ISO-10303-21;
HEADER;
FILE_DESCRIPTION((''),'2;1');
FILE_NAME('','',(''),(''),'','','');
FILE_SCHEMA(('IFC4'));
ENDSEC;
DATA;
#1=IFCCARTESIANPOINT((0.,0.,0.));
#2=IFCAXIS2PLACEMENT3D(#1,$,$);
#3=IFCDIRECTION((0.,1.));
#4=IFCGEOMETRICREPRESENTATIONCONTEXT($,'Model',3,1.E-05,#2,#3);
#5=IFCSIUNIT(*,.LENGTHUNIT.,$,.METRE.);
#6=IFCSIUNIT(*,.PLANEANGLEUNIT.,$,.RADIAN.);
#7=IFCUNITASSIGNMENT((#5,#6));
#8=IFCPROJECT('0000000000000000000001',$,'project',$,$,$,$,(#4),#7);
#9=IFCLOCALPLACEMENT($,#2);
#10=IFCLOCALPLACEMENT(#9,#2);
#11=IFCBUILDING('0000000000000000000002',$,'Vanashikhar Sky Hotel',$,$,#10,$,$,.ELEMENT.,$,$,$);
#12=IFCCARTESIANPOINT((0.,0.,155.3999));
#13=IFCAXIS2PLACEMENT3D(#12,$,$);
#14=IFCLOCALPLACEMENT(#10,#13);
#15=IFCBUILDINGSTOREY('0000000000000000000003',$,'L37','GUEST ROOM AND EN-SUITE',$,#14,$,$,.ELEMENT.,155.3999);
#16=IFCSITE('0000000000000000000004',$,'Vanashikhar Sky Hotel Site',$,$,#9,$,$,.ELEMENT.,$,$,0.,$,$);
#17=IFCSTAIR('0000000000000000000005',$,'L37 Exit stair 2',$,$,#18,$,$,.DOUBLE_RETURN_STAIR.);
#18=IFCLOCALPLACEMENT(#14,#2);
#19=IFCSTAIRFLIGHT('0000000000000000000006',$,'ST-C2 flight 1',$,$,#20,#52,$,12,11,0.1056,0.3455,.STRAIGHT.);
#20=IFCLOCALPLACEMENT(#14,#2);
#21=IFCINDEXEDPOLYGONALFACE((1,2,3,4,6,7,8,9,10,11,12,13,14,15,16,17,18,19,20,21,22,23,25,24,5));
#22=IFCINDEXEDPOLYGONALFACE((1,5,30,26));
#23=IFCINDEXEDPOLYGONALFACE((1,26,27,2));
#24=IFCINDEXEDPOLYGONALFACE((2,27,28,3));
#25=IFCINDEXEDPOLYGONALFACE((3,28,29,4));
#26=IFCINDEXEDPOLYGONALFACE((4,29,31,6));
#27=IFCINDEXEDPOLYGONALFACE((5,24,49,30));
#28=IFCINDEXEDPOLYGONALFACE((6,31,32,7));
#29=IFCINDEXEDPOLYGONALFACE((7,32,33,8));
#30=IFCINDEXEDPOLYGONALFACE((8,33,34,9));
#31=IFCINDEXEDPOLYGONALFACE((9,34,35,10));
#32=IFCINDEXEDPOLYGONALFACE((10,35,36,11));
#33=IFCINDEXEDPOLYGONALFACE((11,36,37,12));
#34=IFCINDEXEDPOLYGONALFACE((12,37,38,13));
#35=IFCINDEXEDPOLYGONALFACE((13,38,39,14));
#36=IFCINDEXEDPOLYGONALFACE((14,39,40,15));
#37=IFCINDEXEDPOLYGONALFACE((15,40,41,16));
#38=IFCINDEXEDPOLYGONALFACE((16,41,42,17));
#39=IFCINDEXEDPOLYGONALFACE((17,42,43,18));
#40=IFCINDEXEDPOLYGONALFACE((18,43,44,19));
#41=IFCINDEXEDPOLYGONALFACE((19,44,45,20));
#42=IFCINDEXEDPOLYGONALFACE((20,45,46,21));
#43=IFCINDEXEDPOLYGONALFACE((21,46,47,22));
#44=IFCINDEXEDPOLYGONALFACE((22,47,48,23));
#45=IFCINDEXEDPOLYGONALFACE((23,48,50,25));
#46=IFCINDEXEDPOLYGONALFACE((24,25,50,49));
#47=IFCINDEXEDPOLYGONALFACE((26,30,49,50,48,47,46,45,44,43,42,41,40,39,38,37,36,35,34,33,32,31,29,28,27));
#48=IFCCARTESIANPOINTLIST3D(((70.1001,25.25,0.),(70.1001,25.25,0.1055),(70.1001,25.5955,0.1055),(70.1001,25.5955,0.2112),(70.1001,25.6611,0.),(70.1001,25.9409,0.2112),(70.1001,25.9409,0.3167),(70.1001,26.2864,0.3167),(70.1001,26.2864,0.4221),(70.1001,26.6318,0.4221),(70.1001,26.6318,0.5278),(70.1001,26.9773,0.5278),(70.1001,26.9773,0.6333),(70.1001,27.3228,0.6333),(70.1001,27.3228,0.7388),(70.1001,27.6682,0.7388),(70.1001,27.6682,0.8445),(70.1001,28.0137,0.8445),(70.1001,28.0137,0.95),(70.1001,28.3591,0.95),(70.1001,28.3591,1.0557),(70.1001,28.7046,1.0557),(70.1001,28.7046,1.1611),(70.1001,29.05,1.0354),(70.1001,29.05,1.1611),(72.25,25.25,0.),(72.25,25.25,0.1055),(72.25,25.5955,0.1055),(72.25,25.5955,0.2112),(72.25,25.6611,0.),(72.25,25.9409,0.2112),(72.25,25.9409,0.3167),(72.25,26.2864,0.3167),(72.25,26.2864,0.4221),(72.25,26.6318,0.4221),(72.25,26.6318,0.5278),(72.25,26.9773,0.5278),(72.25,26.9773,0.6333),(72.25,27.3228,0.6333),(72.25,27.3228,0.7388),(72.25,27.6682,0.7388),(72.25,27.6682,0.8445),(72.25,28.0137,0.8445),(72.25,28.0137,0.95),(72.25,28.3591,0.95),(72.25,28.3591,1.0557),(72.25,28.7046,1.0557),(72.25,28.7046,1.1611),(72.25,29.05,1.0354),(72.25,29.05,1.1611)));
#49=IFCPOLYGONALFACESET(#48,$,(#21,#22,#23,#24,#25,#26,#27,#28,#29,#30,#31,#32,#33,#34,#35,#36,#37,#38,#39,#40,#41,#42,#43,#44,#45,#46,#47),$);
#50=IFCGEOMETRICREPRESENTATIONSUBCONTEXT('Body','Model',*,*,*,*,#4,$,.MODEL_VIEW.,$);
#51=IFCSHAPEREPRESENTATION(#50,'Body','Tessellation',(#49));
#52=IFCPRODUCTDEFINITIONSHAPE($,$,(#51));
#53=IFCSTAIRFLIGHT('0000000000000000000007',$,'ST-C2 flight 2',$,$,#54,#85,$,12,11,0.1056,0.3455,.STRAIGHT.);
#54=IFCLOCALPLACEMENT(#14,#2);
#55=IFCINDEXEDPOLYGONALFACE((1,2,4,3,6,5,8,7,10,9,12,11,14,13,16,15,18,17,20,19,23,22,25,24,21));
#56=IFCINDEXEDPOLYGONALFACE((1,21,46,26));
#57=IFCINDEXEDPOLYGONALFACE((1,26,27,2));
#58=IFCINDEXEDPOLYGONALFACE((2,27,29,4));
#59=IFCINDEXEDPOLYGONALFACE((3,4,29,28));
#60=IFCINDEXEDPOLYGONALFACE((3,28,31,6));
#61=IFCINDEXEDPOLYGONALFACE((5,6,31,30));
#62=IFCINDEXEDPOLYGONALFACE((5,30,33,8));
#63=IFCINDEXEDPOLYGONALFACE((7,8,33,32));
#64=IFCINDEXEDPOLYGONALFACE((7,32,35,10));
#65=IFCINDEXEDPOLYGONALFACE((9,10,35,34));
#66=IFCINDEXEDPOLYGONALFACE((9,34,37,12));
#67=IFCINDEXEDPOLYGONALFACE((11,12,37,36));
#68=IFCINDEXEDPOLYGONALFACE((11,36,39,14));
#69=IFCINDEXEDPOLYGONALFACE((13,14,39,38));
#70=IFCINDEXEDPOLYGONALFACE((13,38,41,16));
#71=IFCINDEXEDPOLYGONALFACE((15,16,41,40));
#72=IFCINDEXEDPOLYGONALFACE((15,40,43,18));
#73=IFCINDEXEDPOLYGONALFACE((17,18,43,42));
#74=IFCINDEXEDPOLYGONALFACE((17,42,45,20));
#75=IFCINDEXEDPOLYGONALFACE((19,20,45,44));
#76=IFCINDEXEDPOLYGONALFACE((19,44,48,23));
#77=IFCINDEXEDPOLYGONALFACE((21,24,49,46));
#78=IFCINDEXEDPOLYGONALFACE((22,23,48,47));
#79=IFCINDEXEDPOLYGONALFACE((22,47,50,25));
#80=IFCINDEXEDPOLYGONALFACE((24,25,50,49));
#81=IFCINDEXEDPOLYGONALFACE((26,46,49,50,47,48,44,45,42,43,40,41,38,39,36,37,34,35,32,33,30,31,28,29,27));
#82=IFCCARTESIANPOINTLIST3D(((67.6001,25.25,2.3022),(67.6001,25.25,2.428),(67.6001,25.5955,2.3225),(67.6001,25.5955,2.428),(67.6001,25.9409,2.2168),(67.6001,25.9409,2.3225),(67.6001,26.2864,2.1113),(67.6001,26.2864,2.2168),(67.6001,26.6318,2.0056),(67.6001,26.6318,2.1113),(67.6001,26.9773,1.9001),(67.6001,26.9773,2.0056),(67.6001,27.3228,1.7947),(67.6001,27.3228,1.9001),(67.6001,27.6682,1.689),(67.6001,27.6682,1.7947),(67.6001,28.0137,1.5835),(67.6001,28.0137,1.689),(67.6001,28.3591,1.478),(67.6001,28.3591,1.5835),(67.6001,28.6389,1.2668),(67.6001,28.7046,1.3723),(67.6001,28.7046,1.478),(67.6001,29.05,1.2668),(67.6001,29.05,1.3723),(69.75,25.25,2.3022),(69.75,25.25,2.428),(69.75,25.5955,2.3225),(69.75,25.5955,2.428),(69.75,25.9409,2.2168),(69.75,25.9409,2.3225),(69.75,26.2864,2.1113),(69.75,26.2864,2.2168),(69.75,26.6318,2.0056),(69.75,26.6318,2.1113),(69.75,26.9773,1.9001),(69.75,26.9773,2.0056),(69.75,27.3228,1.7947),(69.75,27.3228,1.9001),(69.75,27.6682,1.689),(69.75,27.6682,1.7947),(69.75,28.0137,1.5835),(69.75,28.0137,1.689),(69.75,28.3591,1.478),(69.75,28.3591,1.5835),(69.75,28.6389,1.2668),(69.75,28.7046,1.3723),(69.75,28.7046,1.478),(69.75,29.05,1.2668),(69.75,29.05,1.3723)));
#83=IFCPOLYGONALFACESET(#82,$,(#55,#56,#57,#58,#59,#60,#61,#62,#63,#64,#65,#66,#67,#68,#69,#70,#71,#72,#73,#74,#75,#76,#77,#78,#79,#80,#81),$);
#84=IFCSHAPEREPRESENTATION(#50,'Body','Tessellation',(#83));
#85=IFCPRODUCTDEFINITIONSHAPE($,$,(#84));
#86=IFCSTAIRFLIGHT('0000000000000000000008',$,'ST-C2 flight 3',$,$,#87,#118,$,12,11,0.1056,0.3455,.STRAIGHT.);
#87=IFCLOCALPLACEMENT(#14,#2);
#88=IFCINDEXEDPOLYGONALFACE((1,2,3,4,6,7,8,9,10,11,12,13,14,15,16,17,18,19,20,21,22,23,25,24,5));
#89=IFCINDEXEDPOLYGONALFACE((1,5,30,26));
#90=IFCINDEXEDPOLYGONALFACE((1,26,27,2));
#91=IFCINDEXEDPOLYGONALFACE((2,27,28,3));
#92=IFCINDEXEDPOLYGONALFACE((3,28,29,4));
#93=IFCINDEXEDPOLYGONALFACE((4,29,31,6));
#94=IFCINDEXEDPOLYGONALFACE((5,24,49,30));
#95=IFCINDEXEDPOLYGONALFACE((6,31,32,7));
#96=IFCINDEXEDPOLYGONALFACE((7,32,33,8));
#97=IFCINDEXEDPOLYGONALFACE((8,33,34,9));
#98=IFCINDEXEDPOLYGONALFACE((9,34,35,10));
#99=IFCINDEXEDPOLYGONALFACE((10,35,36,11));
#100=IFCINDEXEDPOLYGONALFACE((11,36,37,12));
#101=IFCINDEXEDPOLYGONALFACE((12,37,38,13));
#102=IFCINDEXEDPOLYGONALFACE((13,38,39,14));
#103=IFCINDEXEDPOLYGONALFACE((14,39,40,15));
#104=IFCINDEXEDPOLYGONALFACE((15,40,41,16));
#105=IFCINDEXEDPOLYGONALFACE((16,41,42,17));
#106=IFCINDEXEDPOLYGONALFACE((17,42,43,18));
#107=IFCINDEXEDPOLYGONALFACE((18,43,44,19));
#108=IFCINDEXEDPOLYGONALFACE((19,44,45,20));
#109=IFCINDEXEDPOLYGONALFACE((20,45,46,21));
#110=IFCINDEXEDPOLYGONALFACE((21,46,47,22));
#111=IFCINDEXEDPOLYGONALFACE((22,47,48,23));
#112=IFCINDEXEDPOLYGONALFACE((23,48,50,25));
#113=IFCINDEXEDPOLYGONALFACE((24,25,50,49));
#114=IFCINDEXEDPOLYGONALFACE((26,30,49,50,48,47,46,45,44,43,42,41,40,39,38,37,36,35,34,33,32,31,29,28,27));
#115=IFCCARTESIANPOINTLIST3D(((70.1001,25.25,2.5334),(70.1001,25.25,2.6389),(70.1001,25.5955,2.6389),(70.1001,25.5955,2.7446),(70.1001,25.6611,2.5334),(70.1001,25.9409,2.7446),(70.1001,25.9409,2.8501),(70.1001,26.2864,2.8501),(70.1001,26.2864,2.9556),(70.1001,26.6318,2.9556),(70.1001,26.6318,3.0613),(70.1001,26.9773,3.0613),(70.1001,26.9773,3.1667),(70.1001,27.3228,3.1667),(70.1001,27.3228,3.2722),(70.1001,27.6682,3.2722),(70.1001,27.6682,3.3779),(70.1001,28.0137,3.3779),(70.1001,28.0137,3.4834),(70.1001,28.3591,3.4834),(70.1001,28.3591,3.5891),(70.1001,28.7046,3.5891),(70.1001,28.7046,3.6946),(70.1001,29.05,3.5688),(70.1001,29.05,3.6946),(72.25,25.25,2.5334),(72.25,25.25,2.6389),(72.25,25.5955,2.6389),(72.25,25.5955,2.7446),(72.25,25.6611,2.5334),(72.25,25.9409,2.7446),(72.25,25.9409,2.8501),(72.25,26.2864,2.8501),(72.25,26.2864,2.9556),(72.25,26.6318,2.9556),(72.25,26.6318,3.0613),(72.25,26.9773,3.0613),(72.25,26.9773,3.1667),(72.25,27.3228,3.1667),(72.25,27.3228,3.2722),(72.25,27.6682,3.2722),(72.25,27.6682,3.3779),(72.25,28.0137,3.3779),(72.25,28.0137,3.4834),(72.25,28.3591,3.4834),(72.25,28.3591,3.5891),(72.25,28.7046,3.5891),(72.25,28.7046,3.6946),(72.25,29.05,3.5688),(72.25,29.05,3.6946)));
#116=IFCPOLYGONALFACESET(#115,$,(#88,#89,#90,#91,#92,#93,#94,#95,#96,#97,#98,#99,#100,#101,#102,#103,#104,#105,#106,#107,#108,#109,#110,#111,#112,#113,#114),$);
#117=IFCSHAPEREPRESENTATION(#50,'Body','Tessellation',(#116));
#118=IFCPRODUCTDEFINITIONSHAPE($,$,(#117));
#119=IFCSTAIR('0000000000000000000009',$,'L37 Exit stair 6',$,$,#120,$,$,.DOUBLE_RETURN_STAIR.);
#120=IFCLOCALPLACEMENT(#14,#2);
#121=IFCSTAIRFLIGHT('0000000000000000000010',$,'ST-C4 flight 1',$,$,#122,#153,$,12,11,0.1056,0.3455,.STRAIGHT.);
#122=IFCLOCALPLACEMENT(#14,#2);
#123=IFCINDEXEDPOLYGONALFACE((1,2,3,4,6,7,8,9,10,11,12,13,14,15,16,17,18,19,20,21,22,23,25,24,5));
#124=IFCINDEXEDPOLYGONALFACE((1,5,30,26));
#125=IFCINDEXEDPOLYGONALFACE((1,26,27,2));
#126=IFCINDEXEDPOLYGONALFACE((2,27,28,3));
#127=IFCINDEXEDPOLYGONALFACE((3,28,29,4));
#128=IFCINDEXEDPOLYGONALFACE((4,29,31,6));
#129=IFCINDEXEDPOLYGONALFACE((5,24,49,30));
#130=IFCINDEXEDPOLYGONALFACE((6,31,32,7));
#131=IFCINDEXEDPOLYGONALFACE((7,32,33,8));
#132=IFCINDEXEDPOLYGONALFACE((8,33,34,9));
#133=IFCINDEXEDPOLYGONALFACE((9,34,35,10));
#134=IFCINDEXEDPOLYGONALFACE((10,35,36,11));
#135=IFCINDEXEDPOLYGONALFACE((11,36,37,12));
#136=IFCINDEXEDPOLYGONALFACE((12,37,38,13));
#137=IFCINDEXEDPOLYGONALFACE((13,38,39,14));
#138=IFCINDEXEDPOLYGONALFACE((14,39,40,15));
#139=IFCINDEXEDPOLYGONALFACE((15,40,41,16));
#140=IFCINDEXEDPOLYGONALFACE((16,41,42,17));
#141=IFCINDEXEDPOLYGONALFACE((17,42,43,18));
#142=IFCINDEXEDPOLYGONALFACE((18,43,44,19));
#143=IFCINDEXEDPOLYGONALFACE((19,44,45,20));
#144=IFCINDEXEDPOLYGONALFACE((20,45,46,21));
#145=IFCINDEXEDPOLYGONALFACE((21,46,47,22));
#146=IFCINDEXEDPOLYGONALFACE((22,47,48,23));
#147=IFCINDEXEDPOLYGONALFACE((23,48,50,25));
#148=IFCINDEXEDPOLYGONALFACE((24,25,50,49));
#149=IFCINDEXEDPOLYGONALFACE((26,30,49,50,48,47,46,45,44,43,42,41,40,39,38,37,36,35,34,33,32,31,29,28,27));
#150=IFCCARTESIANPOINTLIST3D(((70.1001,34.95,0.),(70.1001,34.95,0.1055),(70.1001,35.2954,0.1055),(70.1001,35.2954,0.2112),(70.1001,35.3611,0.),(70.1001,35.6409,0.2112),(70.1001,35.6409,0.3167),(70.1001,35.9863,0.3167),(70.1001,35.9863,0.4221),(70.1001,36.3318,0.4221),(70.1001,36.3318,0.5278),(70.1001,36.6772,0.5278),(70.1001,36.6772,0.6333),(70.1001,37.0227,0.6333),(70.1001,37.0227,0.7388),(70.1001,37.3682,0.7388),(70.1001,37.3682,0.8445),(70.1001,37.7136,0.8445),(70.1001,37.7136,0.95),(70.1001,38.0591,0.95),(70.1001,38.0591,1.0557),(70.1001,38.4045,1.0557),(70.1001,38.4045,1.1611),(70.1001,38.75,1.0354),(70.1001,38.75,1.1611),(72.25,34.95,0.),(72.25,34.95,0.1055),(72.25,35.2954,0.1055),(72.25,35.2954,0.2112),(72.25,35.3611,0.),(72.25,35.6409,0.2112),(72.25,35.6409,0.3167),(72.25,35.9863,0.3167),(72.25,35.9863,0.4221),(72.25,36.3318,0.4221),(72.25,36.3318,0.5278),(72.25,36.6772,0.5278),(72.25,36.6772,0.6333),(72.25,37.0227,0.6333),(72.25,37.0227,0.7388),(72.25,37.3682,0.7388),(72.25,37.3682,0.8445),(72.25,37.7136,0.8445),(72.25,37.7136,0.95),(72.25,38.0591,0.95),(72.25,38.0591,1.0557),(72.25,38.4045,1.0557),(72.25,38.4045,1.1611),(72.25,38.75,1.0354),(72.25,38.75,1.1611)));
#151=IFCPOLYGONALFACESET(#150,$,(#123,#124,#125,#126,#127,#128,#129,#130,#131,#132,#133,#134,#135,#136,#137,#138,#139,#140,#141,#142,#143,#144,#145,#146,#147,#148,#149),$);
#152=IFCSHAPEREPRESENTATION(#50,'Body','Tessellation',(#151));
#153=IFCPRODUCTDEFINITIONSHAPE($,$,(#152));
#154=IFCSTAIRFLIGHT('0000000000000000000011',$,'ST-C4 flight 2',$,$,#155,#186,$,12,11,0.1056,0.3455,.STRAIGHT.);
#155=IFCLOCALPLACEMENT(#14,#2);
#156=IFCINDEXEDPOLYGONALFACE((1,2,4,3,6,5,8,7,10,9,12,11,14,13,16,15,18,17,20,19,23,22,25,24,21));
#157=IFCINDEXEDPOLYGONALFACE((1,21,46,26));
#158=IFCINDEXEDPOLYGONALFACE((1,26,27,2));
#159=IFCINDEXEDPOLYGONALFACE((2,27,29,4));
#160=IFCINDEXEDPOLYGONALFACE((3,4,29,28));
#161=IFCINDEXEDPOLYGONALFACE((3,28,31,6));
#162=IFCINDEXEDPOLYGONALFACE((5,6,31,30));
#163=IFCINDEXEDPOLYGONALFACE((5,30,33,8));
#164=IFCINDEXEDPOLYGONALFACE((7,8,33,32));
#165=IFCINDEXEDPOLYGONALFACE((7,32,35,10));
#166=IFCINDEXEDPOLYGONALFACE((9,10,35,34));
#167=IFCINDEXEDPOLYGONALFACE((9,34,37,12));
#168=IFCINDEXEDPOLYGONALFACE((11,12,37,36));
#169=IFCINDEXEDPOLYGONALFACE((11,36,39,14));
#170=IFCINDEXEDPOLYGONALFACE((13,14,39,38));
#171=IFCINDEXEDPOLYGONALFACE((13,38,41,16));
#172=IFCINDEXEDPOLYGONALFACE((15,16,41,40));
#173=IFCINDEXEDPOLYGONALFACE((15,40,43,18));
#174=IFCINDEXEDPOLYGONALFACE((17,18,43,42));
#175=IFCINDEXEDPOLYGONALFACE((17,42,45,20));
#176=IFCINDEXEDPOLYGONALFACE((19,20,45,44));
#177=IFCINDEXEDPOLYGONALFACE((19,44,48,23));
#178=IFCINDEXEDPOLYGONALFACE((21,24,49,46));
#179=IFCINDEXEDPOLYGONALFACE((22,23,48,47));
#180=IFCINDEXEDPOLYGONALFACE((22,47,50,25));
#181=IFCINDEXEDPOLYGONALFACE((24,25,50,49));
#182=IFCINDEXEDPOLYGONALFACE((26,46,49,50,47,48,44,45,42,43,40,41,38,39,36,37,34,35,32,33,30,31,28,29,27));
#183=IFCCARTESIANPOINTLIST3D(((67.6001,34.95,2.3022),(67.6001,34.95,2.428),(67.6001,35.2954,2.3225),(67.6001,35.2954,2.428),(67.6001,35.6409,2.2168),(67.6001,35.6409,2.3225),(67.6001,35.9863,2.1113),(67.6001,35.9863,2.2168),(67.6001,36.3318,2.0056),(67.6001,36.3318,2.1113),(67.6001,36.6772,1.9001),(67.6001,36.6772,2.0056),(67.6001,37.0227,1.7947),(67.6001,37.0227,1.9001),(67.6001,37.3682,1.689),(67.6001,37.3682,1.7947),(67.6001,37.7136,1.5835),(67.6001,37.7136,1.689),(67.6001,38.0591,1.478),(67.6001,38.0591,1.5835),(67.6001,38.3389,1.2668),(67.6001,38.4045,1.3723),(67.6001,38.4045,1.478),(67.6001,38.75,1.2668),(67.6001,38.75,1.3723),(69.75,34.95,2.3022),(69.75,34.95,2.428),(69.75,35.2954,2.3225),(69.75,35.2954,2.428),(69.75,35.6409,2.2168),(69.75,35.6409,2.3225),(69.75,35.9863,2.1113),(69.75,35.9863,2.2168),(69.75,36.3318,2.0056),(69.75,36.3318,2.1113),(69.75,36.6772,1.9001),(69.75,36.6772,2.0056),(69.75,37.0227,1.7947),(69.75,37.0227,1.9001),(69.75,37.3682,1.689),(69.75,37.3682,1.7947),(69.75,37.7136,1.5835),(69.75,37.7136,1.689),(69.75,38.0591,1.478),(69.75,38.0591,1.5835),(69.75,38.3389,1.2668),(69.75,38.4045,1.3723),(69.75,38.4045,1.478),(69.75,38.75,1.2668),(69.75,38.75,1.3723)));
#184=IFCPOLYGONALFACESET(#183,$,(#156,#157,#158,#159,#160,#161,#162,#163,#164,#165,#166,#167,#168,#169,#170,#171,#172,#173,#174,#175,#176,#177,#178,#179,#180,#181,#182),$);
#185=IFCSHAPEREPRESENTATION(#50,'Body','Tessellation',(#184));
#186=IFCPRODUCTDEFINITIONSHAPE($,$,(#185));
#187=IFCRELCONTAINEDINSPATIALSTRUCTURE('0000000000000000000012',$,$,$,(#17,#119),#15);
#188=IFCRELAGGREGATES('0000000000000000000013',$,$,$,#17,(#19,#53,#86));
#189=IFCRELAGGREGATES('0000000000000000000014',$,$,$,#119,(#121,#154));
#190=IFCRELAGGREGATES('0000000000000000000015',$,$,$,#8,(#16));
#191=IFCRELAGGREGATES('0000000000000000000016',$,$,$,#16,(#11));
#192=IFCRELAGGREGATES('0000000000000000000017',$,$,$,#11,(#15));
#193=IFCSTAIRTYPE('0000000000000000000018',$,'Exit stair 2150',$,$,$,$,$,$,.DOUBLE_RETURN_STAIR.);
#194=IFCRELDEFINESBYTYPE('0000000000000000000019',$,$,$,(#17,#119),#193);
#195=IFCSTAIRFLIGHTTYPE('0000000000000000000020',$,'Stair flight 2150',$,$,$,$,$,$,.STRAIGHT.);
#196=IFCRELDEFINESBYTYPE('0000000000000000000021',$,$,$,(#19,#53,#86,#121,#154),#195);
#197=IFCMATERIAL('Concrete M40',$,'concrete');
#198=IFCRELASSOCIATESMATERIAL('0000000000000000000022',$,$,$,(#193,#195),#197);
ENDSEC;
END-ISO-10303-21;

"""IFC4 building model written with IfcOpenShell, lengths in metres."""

from ifc_helpers import new_model, si_unit, direction, frame, origin, place, context, subcontext, project, spatial, polyline, outline, extrude, source, transform, mapped, material, type_object, element, aggregate, save


model = new_model("IFC4")

# Units and contexts
model_context = context("Model", 3, precision=1e-05, world=origin(), true_north=direction((0.0, 1.0)))
body_context = subcontext(model_context, "Body", "Model", "MODEL_VIEW")
ifc_project = project(units=[si_unit("LENGTHUNIT", "METRE"), si_unit("PLANEANGLEUNIT", "RADIAN")], contexts=[model_context])

# Site, building, storey
site_placement = place(None, origin())
site = spatial("IfcSite", under=ifc_project, at=site_placement, Name="Vanashikhar Sky Hotel Site", CompositionType="ELEMENT", RefElevation=0.0)
building_placement = place(site_placement, origin())
building = spatial("IfcBuilding", under=site, at=building_placement, Name="Vanashikhar Sky Hotel", CompositionType="ELEMENT")
storey_placement = place(building_placement, frame((0.0, 0.0, 155.3999)))
storey = spatial("IfcBuildingStorey", under=building, at=storey_placement, Name="L37", Description="GUEST ROOM AND EN-SUITE", CompositionType="ELEMENT", Elevation=155.3999)

# Shared definitions
ifc_material_1 = material(Name="Concrete M40", Category="concrete")

# Stairs, stair flights
stair_type = type_object("IfcStairType", Name="Exit stair 2150", PredefinedType="DOUBLE_RETURN_STAIR", material=ifc_material_1)
stair_1_placement = place(storey_placement, origin())
stair_1 = element("IfcStair", 1, at=stair_1_placement, inside=storey, type_object=stair_type, Name="L37 Exit stair 2", PredefinedType="DOUBLE_RETURN_STAIR")
stair_flight_type = type_object("IfcStairFlightType", Name="Stair flight 2150", PredefinedType="STRAIGHT", material=ifc_material_1)
shared_shape_1 = source(origin(), body_context, "Body", "SweptSolid", [
    extrude(outline(polyline([(0.0, 0.0), (0.0, 0.1055), (0.3455, 0.1055), (0.3455, 0.2112), (0.6909, 0.2112), (0.6909, 0.3167), (1.0364, 0.3167), (1.0364, 0.4221), (1.3818, 0.4221), (1.3818, 0.5278), (1.7273, 0.5278), (1.7273, 0.6333), (2.0728, 0.6333), (2.0728, 0.7388), (2.4182, 0.7388), (2.4182, 0.8445), (2.7637, 0.8445), (2.7637, 0.95), (3.1091, 0.95), (3.1091, 1.0557), (3.4546, 1.0557), (3.4546, 1.1611), (3.8, 1.1611), (3.8, 1.2666), (3.8, 1.0354), (0.4111, 0.0), (0.0, 0.0)])), frame((0.0, 1.075, 0.0), z_axis=(0.0, -1.0, 0.0), x_axis=(1.0, 0.0, 0.0)), (0.0, 0.0, 1.0), 2.1499),
])
stair_flight_1_placement = place(storey_placement, frame((71.175, 25.25, 0.0), z_axis=(0.0, 0.0, 1.0), x_axis=(0.0, 1.0, 0.0)))
stair_flight_1 = element("IfcStairFlight", 2, at=stair_flight_1_placement, type_object=stair_flight_type, Name="ST-C2 flight 1", NumberOfRisers=12, NumberOfTreads=11, PredefinedType="STRAIGHT", RiserHeight=0.1056, TreadLength=0.3455, context=body_context, shape_type="MappedRepresentation", body=[
    mapped(shared_shape_1, transform((0.0, 0.0, 0.0), scale=1.0)),
])
stair_flight_2_placement = place(storey_placement, frame((68.675, 29.05, 1.2668), z_axis=(0.0, 0.0, 1.0), x_axis=(0.0, -1.0, 0.0)))
stair_flight_2 = element("IfcStairFlight", 3, at=stair_flight_2_placement, type_object=stair_flight_type, Name="ST-C2 flight 2", NumberOfRisers=12, NumberOfTreads=11, PredefinedType="STRAIGHT", RiserHeight=0.1056, TreadLength=0.3455, context=body_context, shape_type="MappedRepresentation", body=[
    mapped(shared_shape_1, transform((0.0, 0.0, 0.0), scale=1.0)),
])
stair_flight_3_placement = place(storey_placement, frame((71.175, 25.25, 2.5334), z_axis=(0.0, 0.0, 1.0), x_axis=(0.0, 1.0, 0.0)))
stair_flight_3 = element("IfcStairFlight", 4, at=stair_flight_3_placement, type_object=stair_flight_type, Name="ST-C2 flight 3", NumberOfRisers=12, NumberOfTreads=11, PredefinedType="STRAIGHT", RiserHeight=0.1056, TreadLength=0.3455, context=body_context, shape_type="MappedRepresentation", body=[
    mapped(shared_shape_1, transform((0.0, 0.0, 0.0), scale=1.0)),
])
aggregate(stair_1, [stair_flight_1, stair_flight_2, stair_flight_3])
stair_2_placement = place(storey_placement, origin())
stair_2 = element("IfcStair", 5, at=stair_2_placement, inside=storey, type_object=stair_type, Name="L37 Exit stair 6", PredefinedType="DOUBLE_RETURN_STAIR")
stair_flight_4_placement = place(storey_placement, frame((71.175, 34.95, 0.0), z_axis=(0.0, 0.0, 1.0), x_axis=(0.0, 1.0, 0.0)))
stair_flight_4 = element("IfcStairFlight", 6, at=stair_flight_4_placement, type_object=stair_flight_type, Name="ST-C4 flight 1", NumberOfRisers=12, NumberOfTreads=11, PredefinedType="STRAIGHT", RiserHeight=0.1056, TreadLength=0.3455, context=body_context, shape_type="MappedRepresentation", body=[
    mapped(shared_shape_1, transform((0.0, 0.0, 0.0), scale=1.0)),
])
stair_flight_5_placement = place(storey_placement, frame((68.675, 38.75, 1.2668), z_axis=(0.0, 0.0, 1.0), x_axis=(0.0, -1.0, 0.0)))
stair_flight_5 = element("IfcStairFlight", 7, at=stair_flight_5_placement, type_object=stair_flight_type, Name="ST-C4 flight 2", NumberOfRisers=12, NumberOfTreads=11, PredefinedType="STRAIGHT", RiserHeight=0.1056, TreadLength=0.3455, context=body_context, shape_type="MappedRepresentation", body=[
    mapped(shared_shape_1, transform((0.0, 0.0, 0.0), scale=1.0)),
])
aggregate(stair_2, [stair_flight_4, stair_flight_5])

save(model, "model.ifc")
